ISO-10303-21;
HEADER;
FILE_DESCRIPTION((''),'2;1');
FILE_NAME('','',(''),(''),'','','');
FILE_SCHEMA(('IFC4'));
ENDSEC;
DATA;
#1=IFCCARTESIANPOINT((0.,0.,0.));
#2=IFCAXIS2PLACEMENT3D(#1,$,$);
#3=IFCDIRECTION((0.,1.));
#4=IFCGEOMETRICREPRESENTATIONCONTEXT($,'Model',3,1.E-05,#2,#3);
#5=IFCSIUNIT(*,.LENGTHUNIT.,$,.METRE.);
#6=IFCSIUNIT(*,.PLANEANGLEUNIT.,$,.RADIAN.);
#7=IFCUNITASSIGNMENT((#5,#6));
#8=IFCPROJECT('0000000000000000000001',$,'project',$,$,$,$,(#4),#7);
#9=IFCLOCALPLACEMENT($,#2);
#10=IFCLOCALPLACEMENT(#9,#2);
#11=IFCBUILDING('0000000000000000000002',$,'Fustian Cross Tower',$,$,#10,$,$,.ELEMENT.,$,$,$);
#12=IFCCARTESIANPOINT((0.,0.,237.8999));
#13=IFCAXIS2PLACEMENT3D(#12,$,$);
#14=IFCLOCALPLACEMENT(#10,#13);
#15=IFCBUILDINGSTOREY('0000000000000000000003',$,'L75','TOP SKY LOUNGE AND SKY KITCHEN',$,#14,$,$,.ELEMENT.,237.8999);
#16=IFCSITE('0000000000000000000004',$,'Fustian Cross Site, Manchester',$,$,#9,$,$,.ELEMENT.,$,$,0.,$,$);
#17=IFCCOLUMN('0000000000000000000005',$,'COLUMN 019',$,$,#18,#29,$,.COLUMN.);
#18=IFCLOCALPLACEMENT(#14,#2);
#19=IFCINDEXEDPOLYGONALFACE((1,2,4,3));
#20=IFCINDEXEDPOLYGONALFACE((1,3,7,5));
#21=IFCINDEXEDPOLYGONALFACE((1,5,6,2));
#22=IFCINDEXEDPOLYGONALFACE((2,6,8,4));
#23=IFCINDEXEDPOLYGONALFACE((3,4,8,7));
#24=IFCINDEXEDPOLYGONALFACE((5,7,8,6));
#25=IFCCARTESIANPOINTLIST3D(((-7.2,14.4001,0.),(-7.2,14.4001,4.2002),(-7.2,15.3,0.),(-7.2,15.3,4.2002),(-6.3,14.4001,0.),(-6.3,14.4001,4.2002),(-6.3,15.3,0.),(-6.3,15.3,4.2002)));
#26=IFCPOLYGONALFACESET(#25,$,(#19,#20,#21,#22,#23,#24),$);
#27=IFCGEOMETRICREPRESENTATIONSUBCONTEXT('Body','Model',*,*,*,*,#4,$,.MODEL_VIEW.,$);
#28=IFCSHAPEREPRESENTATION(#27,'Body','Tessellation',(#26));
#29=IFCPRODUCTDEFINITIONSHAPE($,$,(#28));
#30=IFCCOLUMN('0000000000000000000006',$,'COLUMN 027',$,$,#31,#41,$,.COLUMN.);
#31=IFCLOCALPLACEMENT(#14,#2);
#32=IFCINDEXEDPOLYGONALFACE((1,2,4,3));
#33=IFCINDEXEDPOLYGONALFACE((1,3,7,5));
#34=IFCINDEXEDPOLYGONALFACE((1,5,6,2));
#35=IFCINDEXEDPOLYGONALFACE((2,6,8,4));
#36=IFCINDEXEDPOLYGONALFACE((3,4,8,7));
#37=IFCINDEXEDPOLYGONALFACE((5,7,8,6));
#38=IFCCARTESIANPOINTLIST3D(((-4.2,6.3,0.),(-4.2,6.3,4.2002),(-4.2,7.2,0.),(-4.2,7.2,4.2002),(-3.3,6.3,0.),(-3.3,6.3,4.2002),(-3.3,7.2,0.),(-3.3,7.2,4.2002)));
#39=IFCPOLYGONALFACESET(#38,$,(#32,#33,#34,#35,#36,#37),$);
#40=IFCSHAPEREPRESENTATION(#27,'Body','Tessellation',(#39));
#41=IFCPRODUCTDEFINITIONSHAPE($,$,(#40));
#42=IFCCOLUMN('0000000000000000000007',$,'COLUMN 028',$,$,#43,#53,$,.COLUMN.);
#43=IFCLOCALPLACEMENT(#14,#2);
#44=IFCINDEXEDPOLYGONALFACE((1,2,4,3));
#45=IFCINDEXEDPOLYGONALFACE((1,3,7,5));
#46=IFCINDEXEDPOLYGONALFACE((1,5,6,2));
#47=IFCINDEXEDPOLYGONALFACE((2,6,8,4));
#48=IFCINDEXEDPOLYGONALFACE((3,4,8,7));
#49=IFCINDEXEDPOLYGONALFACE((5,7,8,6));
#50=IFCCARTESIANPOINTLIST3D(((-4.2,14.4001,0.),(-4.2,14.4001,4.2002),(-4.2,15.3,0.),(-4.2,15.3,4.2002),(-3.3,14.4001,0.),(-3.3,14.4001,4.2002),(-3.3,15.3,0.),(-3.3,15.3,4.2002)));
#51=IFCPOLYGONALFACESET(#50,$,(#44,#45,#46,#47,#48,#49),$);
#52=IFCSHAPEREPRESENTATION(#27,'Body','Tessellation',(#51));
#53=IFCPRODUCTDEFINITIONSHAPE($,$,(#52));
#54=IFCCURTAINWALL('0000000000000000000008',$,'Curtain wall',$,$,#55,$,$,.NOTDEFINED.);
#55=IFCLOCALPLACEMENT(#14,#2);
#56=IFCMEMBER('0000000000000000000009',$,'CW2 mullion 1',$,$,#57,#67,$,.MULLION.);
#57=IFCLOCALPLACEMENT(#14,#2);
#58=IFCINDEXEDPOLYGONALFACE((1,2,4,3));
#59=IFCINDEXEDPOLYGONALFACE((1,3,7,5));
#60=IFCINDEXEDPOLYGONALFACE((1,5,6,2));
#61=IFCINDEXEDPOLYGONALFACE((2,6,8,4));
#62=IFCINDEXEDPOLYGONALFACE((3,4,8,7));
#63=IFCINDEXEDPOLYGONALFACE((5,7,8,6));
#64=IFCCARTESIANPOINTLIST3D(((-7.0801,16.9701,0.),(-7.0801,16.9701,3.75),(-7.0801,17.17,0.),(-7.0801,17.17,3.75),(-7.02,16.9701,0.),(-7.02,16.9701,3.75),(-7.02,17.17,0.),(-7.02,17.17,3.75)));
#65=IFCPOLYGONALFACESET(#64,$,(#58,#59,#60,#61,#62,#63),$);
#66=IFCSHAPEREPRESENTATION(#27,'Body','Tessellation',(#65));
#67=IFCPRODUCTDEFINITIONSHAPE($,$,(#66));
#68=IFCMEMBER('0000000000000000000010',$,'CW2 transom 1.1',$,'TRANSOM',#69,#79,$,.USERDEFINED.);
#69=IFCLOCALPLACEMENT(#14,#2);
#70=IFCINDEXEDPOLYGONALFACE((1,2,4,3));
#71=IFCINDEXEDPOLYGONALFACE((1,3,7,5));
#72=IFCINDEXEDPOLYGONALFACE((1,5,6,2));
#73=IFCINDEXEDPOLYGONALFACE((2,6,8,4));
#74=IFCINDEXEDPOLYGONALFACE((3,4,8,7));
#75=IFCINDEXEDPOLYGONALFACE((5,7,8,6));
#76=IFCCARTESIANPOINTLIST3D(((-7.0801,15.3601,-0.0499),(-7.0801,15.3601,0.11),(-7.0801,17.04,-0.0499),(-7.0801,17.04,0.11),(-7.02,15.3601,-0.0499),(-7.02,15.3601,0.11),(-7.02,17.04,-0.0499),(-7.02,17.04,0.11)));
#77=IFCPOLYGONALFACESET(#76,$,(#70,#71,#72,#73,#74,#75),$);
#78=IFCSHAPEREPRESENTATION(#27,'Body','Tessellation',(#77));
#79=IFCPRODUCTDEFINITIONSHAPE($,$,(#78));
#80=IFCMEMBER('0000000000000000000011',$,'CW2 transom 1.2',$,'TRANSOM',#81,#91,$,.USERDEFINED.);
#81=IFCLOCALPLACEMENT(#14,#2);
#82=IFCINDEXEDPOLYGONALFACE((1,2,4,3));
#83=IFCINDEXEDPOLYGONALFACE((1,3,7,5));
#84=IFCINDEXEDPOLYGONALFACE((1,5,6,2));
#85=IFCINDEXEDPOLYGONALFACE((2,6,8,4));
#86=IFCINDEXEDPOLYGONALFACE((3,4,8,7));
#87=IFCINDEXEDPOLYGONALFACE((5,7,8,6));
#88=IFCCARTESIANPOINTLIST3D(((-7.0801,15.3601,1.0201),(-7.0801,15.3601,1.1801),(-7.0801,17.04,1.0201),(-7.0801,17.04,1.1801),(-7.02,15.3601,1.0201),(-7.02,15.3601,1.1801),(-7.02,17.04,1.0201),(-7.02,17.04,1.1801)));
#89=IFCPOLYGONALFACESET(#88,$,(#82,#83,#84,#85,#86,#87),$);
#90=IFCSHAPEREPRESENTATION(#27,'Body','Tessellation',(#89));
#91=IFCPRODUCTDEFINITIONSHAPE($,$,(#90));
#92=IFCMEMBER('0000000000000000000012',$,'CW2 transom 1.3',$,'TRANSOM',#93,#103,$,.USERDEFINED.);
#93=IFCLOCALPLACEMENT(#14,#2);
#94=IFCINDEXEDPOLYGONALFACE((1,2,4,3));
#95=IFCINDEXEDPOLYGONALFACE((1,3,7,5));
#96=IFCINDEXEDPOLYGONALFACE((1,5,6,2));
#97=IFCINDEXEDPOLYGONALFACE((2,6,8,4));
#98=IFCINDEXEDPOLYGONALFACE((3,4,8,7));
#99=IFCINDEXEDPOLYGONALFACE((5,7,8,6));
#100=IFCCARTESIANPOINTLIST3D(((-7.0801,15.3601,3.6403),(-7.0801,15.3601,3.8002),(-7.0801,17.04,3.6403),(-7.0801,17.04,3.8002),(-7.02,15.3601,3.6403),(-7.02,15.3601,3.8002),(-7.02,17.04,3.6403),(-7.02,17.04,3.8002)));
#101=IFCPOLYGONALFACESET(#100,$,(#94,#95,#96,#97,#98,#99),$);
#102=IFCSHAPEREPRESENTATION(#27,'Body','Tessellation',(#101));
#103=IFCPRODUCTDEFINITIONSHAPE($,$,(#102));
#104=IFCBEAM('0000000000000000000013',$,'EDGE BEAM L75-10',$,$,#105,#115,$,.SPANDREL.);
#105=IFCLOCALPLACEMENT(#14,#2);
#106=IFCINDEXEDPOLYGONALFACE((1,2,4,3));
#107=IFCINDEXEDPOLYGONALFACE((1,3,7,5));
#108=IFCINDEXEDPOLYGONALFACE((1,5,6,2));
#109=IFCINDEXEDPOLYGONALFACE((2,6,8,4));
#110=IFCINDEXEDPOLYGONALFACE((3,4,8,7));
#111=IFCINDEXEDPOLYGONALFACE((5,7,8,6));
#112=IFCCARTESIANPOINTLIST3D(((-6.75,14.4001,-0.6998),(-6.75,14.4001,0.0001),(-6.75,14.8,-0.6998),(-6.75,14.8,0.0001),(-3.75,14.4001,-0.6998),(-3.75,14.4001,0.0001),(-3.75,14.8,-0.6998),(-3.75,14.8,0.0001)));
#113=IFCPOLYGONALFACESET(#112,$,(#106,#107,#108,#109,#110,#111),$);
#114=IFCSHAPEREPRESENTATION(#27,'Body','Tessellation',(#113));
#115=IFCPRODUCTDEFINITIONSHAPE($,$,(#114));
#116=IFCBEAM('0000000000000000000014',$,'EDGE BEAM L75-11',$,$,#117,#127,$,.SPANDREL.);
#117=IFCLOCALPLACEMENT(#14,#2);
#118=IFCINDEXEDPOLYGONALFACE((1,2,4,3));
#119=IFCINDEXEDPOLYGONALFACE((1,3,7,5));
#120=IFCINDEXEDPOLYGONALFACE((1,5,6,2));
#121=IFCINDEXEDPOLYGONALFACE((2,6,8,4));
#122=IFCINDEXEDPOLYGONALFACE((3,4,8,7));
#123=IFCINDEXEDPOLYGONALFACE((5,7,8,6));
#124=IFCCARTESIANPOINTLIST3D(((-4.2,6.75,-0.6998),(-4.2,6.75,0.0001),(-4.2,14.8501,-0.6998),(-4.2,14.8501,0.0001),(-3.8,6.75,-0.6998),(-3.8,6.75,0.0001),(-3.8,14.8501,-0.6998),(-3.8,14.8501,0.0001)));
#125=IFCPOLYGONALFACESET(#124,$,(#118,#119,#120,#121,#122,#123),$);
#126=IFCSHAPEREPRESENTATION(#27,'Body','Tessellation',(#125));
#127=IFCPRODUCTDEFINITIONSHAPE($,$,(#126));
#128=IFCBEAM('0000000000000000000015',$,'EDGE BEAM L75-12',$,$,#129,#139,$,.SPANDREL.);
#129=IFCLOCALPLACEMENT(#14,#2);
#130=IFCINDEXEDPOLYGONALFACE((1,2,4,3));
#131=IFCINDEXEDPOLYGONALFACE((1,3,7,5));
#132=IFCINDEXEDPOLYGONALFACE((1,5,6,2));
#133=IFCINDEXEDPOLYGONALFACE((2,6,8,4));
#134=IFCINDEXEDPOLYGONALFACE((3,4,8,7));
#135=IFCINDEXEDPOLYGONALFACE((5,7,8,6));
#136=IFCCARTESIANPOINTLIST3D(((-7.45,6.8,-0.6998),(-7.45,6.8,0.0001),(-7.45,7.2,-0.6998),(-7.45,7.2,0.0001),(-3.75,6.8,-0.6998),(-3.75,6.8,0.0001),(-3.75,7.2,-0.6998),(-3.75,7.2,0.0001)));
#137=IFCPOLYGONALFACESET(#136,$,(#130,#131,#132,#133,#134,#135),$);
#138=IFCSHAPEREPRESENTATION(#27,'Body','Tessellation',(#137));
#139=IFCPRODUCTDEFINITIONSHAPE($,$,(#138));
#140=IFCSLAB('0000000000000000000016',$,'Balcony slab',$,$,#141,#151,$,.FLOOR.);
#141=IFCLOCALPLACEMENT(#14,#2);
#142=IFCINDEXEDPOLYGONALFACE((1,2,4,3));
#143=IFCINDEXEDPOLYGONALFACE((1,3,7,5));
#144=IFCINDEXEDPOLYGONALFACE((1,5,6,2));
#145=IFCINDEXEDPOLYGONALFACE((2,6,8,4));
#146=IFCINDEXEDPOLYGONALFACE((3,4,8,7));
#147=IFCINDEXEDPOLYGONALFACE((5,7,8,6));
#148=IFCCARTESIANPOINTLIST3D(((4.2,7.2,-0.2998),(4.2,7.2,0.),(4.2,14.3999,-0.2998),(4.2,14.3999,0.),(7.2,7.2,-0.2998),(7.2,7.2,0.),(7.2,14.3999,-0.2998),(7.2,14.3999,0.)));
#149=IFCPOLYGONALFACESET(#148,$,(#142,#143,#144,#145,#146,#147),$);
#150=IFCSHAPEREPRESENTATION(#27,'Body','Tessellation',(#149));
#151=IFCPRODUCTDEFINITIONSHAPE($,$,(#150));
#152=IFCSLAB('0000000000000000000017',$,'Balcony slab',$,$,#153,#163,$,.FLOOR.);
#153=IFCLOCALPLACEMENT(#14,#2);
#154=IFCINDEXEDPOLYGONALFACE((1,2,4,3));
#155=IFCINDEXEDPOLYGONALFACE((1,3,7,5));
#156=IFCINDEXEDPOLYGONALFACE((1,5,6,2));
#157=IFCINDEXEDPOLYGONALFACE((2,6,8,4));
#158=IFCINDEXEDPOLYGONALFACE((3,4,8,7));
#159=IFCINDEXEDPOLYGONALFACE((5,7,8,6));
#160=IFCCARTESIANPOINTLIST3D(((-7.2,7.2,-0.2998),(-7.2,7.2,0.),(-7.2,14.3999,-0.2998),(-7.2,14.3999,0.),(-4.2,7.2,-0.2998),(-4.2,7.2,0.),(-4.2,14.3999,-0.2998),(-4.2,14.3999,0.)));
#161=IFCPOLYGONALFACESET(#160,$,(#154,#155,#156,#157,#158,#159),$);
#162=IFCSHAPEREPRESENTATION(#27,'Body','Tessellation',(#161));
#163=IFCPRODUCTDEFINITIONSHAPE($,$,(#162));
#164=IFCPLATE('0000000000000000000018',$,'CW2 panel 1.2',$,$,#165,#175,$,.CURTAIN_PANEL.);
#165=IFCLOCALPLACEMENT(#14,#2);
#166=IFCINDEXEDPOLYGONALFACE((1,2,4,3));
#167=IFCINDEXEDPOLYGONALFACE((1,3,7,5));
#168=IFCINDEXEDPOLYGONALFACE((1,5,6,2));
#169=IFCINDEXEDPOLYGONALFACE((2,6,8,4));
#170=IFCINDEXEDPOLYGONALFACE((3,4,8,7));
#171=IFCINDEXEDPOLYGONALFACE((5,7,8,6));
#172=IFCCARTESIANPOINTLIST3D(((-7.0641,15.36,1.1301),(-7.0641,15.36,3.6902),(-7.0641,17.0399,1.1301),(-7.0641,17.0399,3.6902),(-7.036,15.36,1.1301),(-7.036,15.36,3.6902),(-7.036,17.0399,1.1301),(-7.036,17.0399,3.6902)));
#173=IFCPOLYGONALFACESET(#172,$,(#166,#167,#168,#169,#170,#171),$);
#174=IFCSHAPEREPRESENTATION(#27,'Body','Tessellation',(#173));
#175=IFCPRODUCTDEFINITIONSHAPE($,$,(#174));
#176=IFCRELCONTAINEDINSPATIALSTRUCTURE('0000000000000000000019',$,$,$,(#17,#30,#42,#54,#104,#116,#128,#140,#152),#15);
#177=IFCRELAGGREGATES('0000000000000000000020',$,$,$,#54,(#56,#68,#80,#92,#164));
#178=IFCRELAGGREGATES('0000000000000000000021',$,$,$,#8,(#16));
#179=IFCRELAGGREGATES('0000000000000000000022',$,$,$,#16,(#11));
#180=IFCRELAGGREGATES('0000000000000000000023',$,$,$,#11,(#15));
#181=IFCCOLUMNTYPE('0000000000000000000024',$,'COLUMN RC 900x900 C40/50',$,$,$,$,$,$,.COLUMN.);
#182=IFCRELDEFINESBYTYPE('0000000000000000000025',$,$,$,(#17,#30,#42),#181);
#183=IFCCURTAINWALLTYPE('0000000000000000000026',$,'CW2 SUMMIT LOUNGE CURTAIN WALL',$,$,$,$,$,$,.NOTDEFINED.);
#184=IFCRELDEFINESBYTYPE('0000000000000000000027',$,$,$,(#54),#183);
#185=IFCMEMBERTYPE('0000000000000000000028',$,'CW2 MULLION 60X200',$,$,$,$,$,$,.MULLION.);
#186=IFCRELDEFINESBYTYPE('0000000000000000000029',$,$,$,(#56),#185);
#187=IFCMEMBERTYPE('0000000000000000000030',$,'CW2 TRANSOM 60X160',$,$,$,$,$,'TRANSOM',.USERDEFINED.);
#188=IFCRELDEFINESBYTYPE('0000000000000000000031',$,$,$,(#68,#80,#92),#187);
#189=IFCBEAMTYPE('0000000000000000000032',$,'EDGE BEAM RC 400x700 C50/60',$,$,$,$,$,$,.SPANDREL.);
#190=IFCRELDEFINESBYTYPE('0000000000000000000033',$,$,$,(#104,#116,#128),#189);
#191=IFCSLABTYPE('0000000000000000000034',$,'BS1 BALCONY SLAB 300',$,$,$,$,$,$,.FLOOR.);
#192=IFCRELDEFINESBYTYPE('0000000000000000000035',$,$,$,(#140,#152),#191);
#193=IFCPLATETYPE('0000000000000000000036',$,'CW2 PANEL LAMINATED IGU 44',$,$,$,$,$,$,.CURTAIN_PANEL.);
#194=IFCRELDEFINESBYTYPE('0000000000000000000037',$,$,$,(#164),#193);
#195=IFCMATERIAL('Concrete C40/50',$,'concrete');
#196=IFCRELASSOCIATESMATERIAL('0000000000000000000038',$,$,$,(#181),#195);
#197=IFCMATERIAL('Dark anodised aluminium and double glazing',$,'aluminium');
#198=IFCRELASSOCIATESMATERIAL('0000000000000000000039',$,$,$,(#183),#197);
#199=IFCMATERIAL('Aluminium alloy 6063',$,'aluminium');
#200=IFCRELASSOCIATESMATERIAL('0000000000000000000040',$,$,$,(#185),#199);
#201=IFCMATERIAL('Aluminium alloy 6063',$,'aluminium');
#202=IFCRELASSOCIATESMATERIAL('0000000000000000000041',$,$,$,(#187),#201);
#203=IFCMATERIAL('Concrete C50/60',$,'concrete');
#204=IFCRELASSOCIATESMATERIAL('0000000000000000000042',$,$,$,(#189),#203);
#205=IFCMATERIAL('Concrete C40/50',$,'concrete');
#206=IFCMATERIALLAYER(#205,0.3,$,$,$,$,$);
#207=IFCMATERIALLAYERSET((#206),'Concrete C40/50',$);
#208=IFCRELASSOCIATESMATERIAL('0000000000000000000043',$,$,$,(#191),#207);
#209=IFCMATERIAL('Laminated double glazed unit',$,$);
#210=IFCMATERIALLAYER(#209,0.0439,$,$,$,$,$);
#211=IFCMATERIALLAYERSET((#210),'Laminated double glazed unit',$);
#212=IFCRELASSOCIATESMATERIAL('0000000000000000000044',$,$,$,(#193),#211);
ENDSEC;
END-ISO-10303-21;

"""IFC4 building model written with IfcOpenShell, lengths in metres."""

from ifc_helpers import new_model, si_unit, direction, frame, origin, origin_2d, place, context, subcontext, project, spatial, polyline, rectangle, outline, extrude, material, layer, layer_set, material_profile, profile_set, type_object, element, aggregate, save


model = new_model("IFC4")

# Units and contexts
model_context = context("Model", 3, precision=1e-05, world=origin(), true_north=direction((0.0, 1.0)))
body_context = subcontext(model_context, "Body", "Model", "MODEL_VIEW")
ifc_project = project(units=[si_unit("LENGTHUNIT", "METRE"), si_unit("PLANEANGLEUNIT", "RADIAN")], contexts=[model_context])

# Site, building, storey
site_placement = place(None, origin())
site = spatial("IfcSite", under=ifc_project, at=site_placement, Name="Fustian Cross Site, Manchester", CompositionType="ELEMENT", RefElevation=0.0)
building_placement = place(site_placement, origin())
building = spatial("IfcBuilding", under=site, at=building_placement, Name="Fustian Cross Tower", CompositionType="ELEMENT")
storey_placement = place(building_placement, frame((0.0, 0.0, 237.8999)))
storey = spatial("IfcBuildingStorey", under=building, at=storey_placement, Name="L75", Description="TOP SKY LOUNGE AND SKY KITCHEN", CompositionType="ELEMENT", Elevation=237.8999)

# Columns
ifc_material_1 = material(Name="Concrete C40/50", Category="concrete")
ifc_material_profile_1 = material_profile(ifc_material_1, rectangle(XDim=0.8999, YDim=0.8999, at=origin_2d()), Name="RC 900x900")
ifc_profile_set_1 = profile_set([ifc_material_profile_1], Name="Concrete C40/50")
column_type = type_object("IfcColumnType", Name="COLUMN RC 900x900 C40/50", PredefinedType="COLUMN", material=ifc_profile_set_1)
for number, where, z_axis, x_axis, name in (
    (1, (-6.75, 14.8501, 0.0), (0.0, 0.0, 1.0), (1.0, 0.0, 0.0), "COLUMN 019"),
    (2, (-3.75, 6.75, 0.0), (0.0, 0.0, 1.0), (1.0, 0.0, 0.0), "COLUMN 027"),
    (3, (-3.75, 14.8501, 0.0), (0.0, 0.0, 1.0), (1.0, 0.0, 0.0), "COLUMN 028"),
):
    element("IfcColumn", number, at=place(storey_placement, frame(where, z_axis=z_axis, x_axis=x_axis)), inside=storey, type_object=column_type, Name=name, PredefinedType="COLUMN", context=body_context, shape_type="SweptSolid", body=[
        extrude(rectangle(XDim=0.8999, YDim=0.8999, at=origin_2d()), origin(), (0.0, 0.0, 1.0), 4.2002),
    ])

# Curtain wall, members
ifc_material_2 = material(Name="Dark anodised aluminium and double glazing", Category="aluminium")
curtain_wall_type = type_object("IfcCurtainWallType", Name="CW2 SUMMIT LOUNGE CURTAIN WALL", PredefinedType="NOTDEFINED", material=ifc_material_2)
curtain_wall_placement = place(storey_placement, origin())
curtain_wall = element("IfcCurtainWall", 4, at=curtain_wall_placement, inside=storey, type_object=curtain_wall_type, Name="Curtain wall", PredefinedType="NOTDEFINED")
ifc_material_3 = material(Name="Aluminium alloy 6063", Category="aluminium")
ifc_material_profile_2 = material_profile(ifc_material_3, rectangle(XDim=0.0601, YDim=0.2, at=origin_2d()), Name="CW2 MULLION 60X200")
ifc_profile_set_2 = profile_set([ifc_material_profile_2], Name="Aluminium alloy 6063")
member_type_1 = type_object("IfcMemberType", Name="CW2 MULLION 60X200", PredefinedType="MULLION", material=ifc_profile_set_2)
member_1_placement = place(storey_placement, frame((-7.05, 17.0701, 0.0), z_axis=(0.0, 0.0, 1.0), x_axis=(1.0, 0.0, 0.0)))
member_1 = element("IfcMember", 5, at=member_1_placement, type_object=member_type_1, Name="CW2 mullion 1", PredefinedType="MULLION", context=body_context, shape_type="SweptSolid", body=[
    extrude(rectangle(XDim=0.0601, YDim=0.2, at=origin_2d()), origin(), (0.0, 0.0, 1.0), 3.75),
])
ifc_material_4 = material(Name="Aluminium alloy 6063", Category="aluminium")
ifc_material_profile_3 = material_profile(ifc_material_4, rectangle(XDim=0.0601, YDim=0.1599, at=origin_2d()), Name="CW2 TRANSOM 60X160")
ifc_profile_set_3 = profile_set([ifc_material_profile_3], Name="Aluminium alloy 6063")
member_type_2 = type_object("IfcMemberType", Name="CW2 TRANSOM 60X160", ElementType="TRANSOM", PredefinedType="USERDEFINED", material=ifc_profile_set_3)
member_2_placement = place(storey_placement, frame((-7.05, 17.04, 0.03), z_axis=(0.0, -1.0, 0.0), x_axis=(1.0, 0.0, 0.0)))
member_2 = element("IfcMember", 6, at=member_2_placement, type_object=member_type_2, Name="CW2 transom 1.1", ObjectType="TRANSOM", PredefinedType="USERDEFINED", context=body_context, shape_type="SweptSolid", body=[
    extrude(rectangle(XDim=0.0601, YDim=0.1599, at=origin_2d()), origin(), (0.0, 0.0, 1.0), 1.6799),
])
member_3_placement = place(storey_placement, frame((-7.05, 17.04, 1.1001), z_axis=(0.0, -1.0, 0.0), x_axis=(1.0, 0.0, 0.0)))
member_3 = element("IfcMember", 7, at=member_3_placement, type_object=member_type_2, Name="CW2 transom 1.2", ObjectType="TRANSOM", PredefinedType="USERDEFINED", context=body_context, shape_type="SweptSolid", body=[
    extrude(rectangle(XDim=0.0601, YDim=0.1599, at=origin_2d()), origin(), (0.0, 0.0, 1.0), 1.6799),
])
member_4_placement = place(storey_placement, frame((-7.05, 17.04, 3.7202), z_axis=(0.0, -1.0, 0.0), x_axis=(1.0, 0.0, 0.0)))
member_4 = element("IfcMember", 8, at=member_4_placement, type_object=member_type_2, Name="CW2 transom 1.3", ObjectType="TRANSOM", PredefinedType="USERDEFINED", context=body_context, shape_type="SweptSolid", body=[
    extrude(rectangle(XDim=0.0601, YDim=0.1599, at=origin_2d()), origin(), (0.0, 0.0, 1.0), 1.6799),
])

# Beams
ifc_material_5 = material(Name="Concrete C50/60", Category="concrete")
ifc_material_profile_4 = material_profile(ifc_material_5, rectangle(XDim=0.3999, YDim=0.7, at=origin_2d()), Name="RC 400x700")
ifc_profile_set_4 = profile_set([ifc_material_profile_4], Name="Concrete C50/60")
beam_type = type_object("IfcBeamType", Name="EDGE BEAM RC 400x700 C50/60", PredefinedType="SPANDREL", material=ifc_profile_set_4)
beam_1_placement = place(storey_placement, frame((-6.75, 14.6001, -0.3499), z_axis=(1.0, 0.0, 0.0), x_axis=(0.0, 1.0, 0.0)))
element("IfcBeam", 9, at=beam_1_placement, inside=storey, type_object=beam_type, Name="EDGE BEAM L75-10", PredefinedType="SPANDREL", context=body_context, shape_type="SweptSolid", body=[
    extrude(rectangle(XDim=0.3999, YDim=0.7, at=origin_2d()), origin(), (0.0, 0.0, 1.0), 3.0),
])
beam_2_placement = place(storey_placement, frame((-4.0, 14.8501, -0.3499), z_axis=(0.0, -1.0, 0.0), x_axis=(1.0, 0.0, 0.0)))
element("IfcBeam", 10, at=beam_2_placement, inside=storey, type_object=beam_type, Name="EDGE BEAM L75-11", PredefinedType="SPANDREL", context=body_context, shape_type="SweptSolid", body=[
    extrude(rectangle(XDim=0.3999, YDim=0.7, at=origin_2d()), origin(), (0.0, 0.0, 1.0), 8.1001),
])
beam_3_placement = place(storey_placement, frame((-3.75, 7.0, -0.3499), z_axis=(-1.0, 0.0, 0.0), x_axis=(0.0, -1.0, 0.0)))
element("IfcBeam", 11, at=beam_3_placement, inside=storey, type_object=beam_type, Name="EDGE BEAM L75-12", PredefinedType="SPANDREL", context=body_context, shape_type="SweptSolid", body=[
    extrude(rectangle(XDim=0.3999, YDim=0.7, at=origin_2d()), origin(), (0.0, 0.0, 1.0), 3.7),
])

# Slabs
ifc_material_6 = material(Name="Concrete C40/50", Category="concrete")
ifc_layer_1 = layer(ifc_material_6, 0.3)
ifc_layer_set_1 = layer_set([ifc_layer_1], Name="Concrete C40/50")
slab_type_1 = type_object("IfcSlabType", Name="BS1 BALCONY SLAB 300", PredefinedType="FLOOR", material=ifc_layer_set_1)
slab_1_placement = place(storey_placement, frame((0.0, 0.0, -0.2998)))
element("IfcSlab", 12, at=slab_1_placement, inside=storey, type_object=slab_type_1, Name="Balcony slab", PredefinedType="FLOOR", context=body_context, shape_type="SweptSolid", body=[
    extrude(outline(polyline([(4.2, 7.2), (7.2, 7.2), (7.2, 14.3999), (4.2, 14.3999), (4.2, 7.2)])), origin(), (0.0, 0.0, 1.0), 0.2998),
])
slab_2_placement = place(storey_placement, frame((0.0, 0.0, -0.2998)))
element("IfcSlab", 13, at=slab_2_placement, inside=storey, type_object=slab_type_1, Name="Balcony slab", PredefinedType="FLOOR", context=body_context, shape_type="SweptSolid", body=[
    extrude(outline(polyline([(-7.2, 7.2), (-4.2, 7.2), (-4.2, 14.3999), (-7.2, 14.3999), (-7.2, 7.2)])), origin(), (0.0, 0.0, 1.0), 0.2998),
])

# Plate
ifc_material_7 = material(Name="Laminated double glazed unit")
ifc_layer_2 = layer(ifc_material_7, 0.0439)
ifc_layer_set_2 = layer_set([ifc_layer_2], Name="Laminated double glazed unit")
plate_type = type_object("IfcPlateType", Name="CW2 PANEL LAMINATED IGU 44", PredefinedType="CURTAIN_PANEL", material=ifc_layer_set_2)
plate_placement = place(storey_placement, frame((-7.05, 16.2, 1.1301), z_axis=(0.0, 0.0, 1.0), x_axis=(0.0, -1.0, 0.0)))
plate = element("IfcPlate", 14, at=plate_placement, type_object=plate_type, Name="CW2 panel 1.2", PredefinedType="CURTAIN_PANEL", context=body_context, shape_type="SweptSolid", body=[
    extrude(rectangle(XDim=1.6799, YDim=0.0281, at=origin_2d()), origin(), (0.0, 0.0, 1.0), 2.5601),
])
aggregate(curtain_wall, [member_1, member_2, member_3, member_4, plate])

save(model, "model.ifc")
